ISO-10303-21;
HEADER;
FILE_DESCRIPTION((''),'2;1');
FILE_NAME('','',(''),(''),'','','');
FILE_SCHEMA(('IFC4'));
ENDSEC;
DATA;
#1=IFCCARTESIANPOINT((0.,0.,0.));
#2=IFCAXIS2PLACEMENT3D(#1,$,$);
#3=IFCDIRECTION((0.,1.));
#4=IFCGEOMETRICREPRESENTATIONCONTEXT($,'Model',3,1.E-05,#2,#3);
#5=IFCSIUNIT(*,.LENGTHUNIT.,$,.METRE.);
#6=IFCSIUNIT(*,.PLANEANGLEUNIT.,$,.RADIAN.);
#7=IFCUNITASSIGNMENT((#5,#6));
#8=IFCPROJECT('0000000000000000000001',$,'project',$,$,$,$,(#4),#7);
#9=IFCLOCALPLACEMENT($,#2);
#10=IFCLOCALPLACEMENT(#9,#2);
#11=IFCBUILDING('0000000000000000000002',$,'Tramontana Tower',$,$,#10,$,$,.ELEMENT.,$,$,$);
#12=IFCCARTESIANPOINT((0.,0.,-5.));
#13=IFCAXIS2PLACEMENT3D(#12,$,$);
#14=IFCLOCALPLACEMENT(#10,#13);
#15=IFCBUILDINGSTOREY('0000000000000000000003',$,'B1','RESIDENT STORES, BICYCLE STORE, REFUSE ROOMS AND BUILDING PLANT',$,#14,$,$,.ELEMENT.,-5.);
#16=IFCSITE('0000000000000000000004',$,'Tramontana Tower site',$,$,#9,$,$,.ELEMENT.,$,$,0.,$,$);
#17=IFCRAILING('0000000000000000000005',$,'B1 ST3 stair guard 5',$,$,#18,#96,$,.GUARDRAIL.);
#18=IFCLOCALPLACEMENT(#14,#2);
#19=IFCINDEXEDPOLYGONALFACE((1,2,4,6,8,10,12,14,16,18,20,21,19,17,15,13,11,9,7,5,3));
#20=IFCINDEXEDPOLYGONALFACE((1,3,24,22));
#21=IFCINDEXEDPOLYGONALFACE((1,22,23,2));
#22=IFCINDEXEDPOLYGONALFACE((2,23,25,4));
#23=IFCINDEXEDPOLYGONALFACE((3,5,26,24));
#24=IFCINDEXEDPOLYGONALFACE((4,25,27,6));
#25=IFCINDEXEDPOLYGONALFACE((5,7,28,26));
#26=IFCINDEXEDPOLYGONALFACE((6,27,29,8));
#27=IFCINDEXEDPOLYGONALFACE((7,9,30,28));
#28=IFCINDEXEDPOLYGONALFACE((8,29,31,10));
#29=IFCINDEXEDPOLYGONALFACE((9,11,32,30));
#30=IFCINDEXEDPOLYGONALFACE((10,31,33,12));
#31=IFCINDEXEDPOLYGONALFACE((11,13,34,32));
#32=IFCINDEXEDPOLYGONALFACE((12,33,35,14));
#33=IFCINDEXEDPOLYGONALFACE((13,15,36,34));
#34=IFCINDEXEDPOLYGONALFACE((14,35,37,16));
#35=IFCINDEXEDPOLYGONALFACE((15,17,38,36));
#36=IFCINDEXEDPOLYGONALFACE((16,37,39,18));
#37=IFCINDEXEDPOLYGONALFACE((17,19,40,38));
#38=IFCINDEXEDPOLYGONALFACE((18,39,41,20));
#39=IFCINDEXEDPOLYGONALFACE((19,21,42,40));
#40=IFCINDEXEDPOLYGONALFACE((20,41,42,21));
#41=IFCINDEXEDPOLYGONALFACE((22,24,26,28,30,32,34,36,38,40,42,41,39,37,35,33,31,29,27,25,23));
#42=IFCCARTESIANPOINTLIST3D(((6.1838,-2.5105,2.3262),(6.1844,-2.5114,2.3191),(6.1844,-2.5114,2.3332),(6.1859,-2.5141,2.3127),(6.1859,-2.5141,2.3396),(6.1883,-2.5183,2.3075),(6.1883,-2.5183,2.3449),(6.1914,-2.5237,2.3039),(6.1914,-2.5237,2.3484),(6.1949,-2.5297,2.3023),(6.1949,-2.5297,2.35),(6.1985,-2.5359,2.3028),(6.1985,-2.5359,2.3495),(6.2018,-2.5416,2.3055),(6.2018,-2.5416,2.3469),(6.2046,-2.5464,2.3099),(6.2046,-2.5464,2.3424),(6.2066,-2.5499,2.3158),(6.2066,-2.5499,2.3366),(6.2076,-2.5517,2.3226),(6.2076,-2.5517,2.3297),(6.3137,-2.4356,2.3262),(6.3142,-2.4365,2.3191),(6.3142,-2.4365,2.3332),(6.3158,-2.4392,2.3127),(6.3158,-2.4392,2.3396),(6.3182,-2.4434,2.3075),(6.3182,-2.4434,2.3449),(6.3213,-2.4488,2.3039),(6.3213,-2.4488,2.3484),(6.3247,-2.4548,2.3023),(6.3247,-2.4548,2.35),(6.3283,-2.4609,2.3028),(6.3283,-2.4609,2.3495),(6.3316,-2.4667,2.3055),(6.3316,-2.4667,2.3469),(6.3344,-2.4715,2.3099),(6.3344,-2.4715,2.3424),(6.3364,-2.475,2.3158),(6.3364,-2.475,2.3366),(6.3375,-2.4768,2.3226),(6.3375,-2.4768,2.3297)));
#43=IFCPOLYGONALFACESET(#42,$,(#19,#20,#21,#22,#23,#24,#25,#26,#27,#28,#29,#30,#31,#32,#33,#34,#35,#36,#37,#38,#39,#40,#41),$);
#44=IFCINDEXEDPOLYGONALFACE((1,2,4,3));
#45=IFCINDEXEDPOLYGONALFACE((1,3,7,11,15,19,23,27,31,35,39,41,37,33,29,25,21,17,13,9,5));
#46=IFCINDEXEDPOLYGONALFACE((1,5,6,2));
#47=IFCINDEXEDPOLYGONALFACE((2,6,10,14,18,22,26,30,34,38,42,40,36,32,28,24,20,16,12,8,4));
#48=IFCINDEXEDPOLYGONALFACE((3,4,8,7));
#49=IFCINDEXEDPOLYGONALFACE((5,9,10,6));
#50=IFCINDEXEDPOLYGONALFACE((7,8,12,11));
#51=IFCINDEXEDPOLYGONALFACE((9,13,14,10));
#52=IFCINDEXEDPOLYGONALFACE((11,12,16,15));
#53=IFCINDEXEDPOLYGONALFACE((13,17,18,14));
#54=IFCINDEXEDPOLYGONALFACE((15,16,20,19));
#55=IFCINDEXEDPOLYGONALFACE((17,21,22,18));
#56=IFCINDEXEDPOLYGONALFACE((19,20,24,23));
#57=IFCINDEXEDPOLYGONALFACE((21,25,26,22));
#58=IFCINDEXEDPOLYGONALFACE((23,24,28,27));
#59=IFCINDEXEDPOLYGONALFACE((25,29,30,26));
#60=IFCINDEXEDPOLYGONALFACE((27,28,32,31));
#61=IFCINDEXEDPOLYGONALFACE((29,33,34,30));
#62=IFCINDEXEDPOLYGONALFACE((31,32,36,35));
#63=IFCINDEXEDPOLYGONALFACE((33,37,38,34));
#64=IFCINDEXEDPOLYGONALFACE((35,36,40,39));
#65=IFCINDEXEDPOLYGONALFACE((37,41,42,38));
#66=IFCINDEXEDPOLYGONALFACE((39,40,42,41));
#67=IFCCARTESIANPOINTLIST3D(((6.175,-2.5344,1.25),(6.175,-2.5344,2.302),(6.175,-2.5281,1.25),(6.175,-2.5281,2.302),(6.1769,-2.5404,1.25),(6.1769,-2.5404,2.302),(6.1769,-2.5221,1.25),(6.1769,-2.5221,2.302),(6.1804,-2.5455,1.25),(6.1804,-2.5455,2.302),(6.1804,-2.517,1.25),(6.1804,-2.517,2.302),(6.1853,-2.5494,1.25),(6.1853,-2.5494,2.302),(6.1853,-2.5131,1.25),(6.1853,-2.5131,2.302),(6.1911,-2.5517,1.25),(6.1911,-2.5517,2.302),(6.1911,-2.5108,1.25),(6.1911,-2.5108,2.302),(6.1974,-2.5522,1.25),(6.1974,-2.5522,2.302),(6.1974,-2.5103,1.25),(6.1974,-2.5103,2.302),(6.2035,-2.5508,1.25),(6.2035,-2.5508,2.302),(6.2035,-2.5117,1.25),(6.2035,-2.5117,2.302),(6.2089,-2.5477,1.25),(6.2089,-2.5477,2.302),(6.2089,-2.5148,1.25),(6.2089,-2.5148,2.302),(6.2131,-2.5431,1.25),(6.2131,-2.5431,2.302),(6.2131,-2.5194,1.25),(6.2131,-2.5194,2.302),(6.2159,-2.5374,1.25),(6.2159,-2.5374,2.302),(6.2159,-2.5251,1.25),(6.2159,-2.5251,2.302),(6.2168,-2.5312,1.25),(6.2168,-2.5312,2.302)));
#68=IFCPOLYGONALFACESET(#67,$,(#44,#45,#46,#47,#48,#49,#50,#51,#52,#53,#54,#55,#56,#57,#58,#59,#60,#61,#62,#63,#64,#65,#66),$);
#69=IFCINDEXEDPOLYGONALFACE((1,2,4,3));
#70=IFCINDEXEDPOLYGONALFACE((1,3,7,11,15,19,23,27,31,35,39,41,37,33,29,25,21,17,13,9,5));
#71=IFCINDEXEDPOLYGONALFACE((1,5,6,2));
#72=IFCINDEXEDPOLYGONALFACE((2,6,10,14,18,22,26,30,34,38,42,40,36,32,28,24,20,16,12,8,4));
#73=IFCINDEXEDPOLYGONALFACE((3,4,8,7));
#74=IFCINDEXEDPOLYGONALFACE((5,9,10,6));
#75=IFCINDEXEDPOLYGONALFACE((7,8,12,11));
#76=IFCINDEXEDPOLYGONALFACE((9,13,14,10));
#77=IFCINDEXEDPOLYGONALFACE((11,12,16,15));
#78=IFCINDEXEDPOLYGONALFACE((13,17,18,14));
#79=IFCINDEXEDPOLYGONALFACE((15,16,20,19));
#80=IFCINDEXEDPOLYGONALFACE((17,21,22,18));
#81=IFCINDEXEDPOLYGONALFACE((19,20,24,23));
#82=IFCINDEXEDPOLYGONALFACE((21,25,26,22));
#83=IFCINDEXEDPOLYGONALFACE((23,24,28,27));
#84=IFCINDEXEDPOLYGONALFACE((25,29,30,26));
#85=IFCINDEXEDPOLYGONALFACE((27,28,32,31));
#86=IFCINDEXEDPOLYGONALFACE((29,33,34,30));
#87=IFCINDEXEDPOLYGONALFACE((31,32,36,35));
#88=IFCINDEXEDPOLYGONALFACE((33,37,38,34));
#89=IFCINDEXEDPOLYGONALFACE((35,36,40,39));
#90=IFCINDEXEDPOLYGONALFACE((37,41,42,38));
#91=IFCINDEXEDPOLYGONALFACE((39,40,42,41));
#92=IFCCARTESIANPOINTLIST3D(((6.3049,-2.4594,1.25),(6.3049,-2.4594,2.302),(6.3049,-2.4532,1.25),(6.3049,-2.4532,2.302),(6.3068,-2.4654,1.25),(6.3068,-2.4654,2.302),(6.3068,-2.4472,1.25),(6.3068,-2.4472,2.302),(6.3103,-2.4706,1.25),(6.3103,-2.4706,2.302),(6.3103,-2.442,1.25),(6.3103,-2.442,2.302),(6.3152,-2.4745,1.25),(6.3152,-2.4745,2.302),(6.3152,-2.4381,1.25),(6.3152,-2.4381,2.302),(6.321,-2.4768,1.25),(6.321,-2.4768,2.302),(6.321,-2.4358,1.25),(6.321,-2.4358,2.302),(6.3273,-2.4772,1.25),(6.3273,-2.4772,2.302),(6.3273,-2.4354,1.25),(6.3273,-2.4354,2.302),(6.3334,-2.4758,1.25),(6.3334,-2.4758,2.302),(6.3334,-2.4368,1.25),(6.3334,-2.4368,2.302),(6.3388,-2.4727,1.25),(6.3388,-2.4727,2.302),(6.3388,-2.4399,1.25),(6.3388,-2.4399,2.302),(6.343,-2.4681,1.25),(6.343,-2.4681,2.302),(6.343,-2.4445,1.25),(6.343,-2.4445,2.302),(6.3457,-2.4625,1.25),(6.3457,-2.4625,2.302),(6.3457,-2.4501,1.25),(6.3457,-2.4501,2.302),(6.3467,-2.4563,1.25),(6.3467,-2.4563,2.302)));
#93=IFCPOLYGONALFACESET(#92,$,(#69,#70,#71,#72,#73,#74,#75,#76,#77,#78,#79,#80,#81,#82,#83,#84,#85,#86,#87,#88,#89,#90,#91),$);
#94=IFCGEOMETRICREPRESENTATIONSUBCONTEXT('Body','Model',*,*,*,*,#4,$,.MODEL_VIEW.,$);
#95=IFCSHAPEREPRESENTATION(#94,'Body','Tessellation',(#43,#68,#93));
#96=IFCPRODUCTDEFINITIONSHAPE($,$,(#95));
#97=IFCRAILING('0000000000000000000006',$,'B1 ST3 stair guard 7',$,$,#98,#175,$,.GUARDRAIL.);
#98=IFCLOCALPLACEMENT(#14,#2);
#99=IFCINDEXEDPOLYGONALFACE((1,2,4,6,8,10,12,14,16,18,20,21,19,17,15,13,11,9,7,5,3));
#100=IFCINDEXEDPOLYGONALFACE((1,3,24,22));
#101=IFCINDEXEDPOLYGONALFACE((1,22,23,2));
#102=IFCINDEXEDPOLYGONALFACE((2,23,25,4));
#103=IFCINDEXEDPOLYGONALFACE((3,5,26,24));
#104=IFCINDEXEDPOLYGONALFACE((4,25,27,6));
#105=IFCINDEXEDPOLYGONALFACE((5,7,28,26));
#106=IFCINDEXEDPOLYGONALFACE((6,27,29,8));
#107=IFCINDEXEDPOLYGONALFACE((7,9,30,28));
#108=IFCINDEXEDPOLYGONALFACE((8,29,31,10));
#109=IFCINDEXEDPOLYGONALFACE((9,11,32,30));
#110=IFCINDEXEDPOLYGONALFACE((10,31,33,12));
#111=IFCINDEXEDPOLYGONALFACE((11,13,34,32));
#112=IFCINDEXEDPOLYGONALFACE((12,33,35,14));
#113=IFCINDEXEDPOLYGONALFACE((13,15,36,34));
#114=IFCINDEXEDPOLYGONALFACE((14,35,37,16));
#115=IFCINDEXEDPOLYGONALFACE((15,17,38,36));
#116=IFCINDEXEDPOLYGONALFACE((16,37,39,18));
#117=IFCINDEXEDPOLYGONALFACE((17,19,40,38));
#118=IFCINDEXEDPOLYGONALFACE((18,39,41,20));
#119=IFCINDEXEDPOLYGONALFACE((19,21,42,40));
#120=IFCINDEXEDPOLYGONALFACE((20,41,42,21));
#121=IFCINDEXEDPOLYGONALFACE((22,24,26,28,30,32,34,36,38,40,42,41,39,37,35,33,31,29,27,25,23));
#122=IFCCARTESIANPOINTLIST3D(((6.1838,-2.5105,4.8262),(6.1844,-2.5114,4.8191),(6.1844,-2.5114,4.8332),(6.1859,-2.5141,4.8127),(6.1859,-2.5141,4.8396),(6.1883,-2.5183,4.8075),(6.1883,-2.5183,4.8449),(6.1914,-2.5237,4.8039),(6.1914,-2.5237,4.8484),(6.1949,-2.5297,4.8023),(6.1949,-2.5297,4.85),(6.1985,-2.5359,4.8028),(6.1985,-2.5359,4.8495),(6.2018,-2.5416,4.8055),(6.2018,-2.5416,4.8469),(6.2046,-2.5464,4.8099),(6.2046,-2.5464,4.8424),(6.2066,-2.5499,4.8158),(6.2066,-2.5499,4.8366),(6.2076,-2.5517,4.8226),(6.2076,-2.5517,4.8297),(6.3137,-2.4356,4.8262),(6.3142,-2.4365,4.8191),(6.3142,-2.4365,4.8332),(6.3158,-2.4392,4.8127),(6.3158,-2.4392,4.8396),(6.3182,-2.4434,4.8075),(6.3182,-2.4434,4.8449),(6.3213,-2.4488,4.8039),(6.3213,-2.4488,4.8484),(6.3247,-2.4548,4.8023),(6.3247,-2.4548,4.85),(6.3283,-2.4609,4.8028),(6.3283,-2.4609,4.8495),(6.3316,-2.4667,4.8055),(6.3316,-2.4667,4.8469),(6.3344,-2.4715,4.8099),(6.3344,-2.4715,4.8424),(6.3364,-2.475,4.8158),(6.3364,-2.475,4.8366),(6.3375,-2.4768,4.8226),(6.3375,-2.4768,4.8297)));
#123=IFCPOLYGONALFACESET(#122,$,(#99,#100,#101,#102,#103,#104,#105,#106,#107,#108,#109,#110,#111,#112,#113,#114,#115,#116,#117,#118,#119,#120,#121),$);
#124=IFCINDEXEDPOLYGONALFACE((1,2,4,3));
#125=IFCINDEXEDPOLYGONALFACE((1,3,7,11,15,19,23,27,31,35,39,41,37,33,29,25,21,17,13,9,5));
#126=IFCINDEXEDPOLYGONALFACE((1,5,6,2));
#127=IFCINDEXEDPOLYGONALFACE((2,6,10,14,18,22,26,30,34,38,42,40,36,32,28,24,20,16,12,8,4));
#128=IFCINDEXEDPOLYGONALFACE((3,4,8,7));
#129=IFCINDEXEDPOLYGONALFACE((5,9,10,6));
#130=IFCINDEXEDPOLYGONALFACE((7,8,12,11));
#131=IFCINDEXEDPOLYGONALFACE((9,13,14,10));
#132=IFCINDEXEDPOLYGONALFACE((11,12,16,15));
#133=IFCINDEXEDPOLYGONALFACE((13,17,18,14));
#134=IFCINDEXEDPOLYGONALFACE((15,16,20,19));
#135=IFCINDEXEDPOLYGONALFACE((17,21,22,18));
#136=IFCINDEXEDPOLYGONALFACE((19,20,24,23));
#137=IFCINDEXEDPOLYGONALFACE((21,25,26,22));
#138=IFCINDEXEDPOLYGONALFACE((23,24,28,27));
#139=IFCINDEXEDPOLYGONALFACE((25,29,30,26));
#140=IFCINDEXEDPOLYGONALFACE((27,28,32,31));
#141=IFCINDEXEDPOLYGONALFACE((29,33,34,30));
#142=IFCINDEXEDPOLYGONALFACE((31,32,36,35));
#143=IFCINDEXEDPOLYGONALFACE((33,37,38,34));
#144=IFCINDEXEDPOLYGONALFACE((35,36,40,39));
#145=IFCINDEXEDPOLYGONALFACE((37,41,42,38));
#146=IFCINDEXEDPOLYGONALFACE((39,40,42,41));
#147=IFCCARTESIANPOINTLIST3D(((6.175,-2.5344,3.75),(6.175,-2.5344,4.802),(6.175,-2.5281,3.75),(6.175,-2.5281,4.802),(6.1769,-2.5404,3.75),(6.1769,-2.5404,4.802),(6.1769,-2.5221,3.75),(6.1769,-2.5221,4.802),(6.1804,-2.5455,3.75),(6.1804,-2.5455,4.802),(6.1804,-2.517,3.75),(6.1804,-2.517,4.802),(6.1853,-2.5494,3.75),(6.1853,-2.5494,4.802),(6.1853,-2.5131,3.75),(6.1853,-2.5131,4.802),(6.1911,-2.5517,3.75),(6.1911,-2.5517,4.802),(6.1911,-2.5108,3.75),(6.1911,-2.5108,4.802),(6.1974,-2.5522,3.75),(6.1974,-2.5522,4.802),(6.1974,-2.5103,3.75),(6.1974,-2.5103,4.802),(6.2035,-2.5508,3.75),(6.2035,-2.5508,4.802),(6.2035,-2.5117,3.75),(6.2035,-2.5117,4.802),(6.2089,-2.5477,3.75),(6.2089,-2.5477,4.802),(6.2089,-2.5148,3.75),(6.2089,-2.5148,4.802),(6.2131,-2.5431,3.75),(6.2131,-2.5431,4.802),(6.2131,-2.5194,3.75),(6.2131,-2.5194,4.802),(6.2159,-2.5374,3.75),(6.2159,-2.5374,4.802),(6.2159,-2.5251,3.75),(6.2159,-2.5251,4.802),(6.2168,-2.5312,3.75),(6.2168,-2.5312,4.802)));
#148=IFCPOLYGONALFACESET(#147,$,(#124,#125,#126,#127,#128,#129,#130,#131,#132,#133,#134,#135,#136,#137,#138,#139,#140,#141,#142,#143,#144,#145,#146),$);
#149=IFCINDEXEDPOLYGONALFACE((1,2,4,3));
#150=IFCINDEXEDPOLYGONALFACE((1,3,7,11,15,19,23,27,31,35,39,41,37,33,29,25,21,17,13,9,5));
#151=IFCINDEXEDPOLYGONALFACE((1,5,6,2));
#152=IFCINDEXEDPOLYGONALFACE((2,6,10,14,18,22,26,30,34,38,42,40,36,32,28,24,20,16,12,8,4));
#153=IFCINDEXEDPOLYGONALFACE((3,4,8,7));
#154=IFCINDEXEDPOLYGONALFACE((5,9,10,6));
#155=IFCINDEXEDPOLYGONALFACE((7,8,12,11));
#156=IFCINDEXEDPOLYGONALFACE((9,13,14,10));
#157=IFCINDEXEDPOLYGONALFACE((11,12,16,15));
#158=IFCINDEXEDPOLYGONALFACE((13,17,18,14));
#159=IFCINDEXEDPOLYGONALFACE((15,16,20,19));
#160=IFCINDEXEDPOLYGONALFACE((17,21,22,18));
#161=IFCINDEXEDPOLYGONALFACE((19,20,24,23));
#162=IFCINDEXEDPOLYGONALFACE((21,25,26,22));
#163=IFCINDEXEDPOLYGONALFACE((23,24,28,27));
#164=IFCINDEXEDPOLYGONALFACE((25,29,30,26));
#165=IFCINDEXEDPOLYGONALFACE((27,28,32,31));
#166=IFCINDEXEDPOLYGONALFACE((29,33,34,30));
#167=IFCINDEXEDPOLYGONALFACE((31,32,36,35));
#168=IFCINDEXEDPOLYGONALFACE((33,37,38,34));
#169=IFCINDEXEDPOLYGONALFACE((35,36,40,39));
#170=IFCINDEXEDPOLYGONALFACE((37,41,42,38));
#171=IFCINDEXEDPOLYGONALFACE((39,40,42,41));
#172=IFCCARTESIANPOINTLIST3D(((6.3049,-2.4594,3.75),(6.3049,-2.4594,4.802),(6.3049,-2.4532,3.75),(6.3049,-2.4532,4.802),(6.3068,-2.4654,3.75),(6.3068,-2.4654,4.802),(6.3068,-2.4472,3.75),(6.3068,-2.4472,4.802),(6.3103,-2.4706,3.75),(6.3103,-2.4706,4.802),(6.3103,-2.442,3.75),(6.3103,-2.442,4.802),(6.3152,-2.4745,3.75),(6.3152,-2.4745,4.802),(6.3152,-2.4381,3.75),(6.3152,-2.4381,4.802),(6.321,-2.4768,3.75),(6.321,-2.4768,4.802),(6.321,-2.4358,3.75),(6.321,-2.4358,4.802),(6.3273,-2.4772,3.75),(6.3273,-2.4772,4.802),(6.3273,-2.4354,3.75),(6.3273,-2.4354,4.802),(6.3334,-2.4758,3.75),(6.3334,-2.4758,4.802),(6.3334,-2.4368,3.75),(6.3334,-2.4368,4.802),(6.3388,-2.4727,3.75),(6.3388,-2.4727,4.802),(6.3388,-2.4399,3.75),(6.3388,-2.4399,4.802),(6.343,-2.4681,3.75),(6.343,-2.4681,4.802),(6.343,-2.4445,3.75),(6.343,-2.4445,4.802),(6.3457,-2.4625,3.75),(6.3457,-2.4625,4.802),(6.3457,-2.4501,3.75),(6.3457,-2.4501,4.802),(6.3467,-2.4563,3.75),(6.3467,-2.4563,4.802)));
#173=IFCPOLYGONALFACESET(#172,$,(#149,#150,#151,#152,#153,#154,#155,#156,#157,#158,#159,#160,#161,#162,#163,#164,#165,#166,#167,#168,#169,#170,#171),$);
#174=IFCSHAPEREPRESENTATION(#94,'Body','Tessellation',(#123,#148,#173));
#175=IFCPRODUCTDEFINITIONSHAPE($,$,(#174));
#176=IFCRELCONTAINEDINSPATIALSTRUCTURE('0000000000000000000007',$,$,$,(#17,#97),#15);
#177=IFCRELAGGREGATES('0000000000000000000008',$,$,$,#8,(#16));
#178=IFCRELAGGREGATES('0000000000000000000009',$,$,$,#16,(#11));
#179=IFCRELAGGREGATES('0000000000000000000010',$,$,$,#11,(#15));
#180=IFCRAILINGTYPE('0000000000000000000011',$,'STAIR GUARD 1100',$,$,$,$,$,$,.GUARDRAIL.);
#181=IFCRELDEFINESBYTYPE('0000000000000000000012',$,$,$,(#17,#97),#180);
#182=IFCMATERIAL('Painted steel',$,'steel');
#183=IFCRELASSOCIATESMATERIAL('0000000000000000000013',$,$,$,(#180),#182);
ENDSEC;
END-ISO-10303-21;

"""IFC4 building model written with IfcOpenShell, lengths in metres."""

from ifc_helpers import new_model, si_unit, direction, frame, origin, origin_2d, place, context, subcontext, project, spatial, circle, extrude, material, type_object, element, save


model = new_model("IFC4")

# Units and contexts
model_context = context("Model", 3, precision=1e-05, world=origin(), true_north=direction((0.0, 1.0)))
body_context = subcontext(model_context, "Body", "Model", "MODEL_VIEW")
ifc_project = project(units=[si_unit("LENGTHUNIT", "METRE"), si_unit("PLANEANGLEUNIT", "RADIAN")], contexts=[model_context])

# Site, building, storey
site_placement = place(None, origin())
site = spatial("IfcSite", under=ifc_project, at=site_placement, Name="Tramontana Tower site", CompositionType="ELEMENT", RefElevation=0.0)
building_placement = place(site_placement, origin())
building = spatial("IfcBuilding", under=site, at=building_placement, Name="Tramontana Tower", CompositionType="ELEMENT")
storey_placement = place(building_placement, frame((0.0, 0.0, -5.0)))
storey = spatial("IfcBuildingStorey", under=building, at=storey_placement, Name="B1", Description="RESIDENT STORES, BICYCLE STORE, REFUSE ROOMS AND BUILDING PLANT", CompositionType="ELEMENT", Elevation=-5.0)

# Railings
ifc_material_1 = material(Name="Painted steel", Category="steel")
railing_type_1 = type_object("IfcRailingType", Name="STAIR GUARD 1100", PredefinedType="GUARDRAIL", material=ifc_material_1)
for number, where, name in (
    (1, (6.1958, -2.5312, 1.25), "B1 ST3 stair guard 5"),
    (2, (6.1958, -2.5312, 3.75), "B1 ST3 stair guard 7"),
):
    element("IfcRailing", number, at=place(storey_placement, frame(where)), inside=storey, type_object=railing_type_1, Name=name, PredefinedType="GUARDRAIL", context=body_context, shape_type="SweptSolid", body=[
        extrude(circle(Radius=0.0239, at=origin_2d()), frame((0.0, 0.0, 1.0762), z_axis=(0.866131, 0.499816, 0.0), x_axis=(-0.499816, 0.866131, 0.0)), (0.0, 0.0, 1.0), 0.1499),
        extrude(circle(Radius=0.021, at=origin_2d()), origin(), (0.0, 0.0, 1.0), 1.052),
        extrude(circle(Radius=0.021, at=origin_2d()), frame((0.1299, 0.075, 0.0)), (0.0, 0.0, 1.0), 1.052),
    ])

save(model, "model.ifc")
